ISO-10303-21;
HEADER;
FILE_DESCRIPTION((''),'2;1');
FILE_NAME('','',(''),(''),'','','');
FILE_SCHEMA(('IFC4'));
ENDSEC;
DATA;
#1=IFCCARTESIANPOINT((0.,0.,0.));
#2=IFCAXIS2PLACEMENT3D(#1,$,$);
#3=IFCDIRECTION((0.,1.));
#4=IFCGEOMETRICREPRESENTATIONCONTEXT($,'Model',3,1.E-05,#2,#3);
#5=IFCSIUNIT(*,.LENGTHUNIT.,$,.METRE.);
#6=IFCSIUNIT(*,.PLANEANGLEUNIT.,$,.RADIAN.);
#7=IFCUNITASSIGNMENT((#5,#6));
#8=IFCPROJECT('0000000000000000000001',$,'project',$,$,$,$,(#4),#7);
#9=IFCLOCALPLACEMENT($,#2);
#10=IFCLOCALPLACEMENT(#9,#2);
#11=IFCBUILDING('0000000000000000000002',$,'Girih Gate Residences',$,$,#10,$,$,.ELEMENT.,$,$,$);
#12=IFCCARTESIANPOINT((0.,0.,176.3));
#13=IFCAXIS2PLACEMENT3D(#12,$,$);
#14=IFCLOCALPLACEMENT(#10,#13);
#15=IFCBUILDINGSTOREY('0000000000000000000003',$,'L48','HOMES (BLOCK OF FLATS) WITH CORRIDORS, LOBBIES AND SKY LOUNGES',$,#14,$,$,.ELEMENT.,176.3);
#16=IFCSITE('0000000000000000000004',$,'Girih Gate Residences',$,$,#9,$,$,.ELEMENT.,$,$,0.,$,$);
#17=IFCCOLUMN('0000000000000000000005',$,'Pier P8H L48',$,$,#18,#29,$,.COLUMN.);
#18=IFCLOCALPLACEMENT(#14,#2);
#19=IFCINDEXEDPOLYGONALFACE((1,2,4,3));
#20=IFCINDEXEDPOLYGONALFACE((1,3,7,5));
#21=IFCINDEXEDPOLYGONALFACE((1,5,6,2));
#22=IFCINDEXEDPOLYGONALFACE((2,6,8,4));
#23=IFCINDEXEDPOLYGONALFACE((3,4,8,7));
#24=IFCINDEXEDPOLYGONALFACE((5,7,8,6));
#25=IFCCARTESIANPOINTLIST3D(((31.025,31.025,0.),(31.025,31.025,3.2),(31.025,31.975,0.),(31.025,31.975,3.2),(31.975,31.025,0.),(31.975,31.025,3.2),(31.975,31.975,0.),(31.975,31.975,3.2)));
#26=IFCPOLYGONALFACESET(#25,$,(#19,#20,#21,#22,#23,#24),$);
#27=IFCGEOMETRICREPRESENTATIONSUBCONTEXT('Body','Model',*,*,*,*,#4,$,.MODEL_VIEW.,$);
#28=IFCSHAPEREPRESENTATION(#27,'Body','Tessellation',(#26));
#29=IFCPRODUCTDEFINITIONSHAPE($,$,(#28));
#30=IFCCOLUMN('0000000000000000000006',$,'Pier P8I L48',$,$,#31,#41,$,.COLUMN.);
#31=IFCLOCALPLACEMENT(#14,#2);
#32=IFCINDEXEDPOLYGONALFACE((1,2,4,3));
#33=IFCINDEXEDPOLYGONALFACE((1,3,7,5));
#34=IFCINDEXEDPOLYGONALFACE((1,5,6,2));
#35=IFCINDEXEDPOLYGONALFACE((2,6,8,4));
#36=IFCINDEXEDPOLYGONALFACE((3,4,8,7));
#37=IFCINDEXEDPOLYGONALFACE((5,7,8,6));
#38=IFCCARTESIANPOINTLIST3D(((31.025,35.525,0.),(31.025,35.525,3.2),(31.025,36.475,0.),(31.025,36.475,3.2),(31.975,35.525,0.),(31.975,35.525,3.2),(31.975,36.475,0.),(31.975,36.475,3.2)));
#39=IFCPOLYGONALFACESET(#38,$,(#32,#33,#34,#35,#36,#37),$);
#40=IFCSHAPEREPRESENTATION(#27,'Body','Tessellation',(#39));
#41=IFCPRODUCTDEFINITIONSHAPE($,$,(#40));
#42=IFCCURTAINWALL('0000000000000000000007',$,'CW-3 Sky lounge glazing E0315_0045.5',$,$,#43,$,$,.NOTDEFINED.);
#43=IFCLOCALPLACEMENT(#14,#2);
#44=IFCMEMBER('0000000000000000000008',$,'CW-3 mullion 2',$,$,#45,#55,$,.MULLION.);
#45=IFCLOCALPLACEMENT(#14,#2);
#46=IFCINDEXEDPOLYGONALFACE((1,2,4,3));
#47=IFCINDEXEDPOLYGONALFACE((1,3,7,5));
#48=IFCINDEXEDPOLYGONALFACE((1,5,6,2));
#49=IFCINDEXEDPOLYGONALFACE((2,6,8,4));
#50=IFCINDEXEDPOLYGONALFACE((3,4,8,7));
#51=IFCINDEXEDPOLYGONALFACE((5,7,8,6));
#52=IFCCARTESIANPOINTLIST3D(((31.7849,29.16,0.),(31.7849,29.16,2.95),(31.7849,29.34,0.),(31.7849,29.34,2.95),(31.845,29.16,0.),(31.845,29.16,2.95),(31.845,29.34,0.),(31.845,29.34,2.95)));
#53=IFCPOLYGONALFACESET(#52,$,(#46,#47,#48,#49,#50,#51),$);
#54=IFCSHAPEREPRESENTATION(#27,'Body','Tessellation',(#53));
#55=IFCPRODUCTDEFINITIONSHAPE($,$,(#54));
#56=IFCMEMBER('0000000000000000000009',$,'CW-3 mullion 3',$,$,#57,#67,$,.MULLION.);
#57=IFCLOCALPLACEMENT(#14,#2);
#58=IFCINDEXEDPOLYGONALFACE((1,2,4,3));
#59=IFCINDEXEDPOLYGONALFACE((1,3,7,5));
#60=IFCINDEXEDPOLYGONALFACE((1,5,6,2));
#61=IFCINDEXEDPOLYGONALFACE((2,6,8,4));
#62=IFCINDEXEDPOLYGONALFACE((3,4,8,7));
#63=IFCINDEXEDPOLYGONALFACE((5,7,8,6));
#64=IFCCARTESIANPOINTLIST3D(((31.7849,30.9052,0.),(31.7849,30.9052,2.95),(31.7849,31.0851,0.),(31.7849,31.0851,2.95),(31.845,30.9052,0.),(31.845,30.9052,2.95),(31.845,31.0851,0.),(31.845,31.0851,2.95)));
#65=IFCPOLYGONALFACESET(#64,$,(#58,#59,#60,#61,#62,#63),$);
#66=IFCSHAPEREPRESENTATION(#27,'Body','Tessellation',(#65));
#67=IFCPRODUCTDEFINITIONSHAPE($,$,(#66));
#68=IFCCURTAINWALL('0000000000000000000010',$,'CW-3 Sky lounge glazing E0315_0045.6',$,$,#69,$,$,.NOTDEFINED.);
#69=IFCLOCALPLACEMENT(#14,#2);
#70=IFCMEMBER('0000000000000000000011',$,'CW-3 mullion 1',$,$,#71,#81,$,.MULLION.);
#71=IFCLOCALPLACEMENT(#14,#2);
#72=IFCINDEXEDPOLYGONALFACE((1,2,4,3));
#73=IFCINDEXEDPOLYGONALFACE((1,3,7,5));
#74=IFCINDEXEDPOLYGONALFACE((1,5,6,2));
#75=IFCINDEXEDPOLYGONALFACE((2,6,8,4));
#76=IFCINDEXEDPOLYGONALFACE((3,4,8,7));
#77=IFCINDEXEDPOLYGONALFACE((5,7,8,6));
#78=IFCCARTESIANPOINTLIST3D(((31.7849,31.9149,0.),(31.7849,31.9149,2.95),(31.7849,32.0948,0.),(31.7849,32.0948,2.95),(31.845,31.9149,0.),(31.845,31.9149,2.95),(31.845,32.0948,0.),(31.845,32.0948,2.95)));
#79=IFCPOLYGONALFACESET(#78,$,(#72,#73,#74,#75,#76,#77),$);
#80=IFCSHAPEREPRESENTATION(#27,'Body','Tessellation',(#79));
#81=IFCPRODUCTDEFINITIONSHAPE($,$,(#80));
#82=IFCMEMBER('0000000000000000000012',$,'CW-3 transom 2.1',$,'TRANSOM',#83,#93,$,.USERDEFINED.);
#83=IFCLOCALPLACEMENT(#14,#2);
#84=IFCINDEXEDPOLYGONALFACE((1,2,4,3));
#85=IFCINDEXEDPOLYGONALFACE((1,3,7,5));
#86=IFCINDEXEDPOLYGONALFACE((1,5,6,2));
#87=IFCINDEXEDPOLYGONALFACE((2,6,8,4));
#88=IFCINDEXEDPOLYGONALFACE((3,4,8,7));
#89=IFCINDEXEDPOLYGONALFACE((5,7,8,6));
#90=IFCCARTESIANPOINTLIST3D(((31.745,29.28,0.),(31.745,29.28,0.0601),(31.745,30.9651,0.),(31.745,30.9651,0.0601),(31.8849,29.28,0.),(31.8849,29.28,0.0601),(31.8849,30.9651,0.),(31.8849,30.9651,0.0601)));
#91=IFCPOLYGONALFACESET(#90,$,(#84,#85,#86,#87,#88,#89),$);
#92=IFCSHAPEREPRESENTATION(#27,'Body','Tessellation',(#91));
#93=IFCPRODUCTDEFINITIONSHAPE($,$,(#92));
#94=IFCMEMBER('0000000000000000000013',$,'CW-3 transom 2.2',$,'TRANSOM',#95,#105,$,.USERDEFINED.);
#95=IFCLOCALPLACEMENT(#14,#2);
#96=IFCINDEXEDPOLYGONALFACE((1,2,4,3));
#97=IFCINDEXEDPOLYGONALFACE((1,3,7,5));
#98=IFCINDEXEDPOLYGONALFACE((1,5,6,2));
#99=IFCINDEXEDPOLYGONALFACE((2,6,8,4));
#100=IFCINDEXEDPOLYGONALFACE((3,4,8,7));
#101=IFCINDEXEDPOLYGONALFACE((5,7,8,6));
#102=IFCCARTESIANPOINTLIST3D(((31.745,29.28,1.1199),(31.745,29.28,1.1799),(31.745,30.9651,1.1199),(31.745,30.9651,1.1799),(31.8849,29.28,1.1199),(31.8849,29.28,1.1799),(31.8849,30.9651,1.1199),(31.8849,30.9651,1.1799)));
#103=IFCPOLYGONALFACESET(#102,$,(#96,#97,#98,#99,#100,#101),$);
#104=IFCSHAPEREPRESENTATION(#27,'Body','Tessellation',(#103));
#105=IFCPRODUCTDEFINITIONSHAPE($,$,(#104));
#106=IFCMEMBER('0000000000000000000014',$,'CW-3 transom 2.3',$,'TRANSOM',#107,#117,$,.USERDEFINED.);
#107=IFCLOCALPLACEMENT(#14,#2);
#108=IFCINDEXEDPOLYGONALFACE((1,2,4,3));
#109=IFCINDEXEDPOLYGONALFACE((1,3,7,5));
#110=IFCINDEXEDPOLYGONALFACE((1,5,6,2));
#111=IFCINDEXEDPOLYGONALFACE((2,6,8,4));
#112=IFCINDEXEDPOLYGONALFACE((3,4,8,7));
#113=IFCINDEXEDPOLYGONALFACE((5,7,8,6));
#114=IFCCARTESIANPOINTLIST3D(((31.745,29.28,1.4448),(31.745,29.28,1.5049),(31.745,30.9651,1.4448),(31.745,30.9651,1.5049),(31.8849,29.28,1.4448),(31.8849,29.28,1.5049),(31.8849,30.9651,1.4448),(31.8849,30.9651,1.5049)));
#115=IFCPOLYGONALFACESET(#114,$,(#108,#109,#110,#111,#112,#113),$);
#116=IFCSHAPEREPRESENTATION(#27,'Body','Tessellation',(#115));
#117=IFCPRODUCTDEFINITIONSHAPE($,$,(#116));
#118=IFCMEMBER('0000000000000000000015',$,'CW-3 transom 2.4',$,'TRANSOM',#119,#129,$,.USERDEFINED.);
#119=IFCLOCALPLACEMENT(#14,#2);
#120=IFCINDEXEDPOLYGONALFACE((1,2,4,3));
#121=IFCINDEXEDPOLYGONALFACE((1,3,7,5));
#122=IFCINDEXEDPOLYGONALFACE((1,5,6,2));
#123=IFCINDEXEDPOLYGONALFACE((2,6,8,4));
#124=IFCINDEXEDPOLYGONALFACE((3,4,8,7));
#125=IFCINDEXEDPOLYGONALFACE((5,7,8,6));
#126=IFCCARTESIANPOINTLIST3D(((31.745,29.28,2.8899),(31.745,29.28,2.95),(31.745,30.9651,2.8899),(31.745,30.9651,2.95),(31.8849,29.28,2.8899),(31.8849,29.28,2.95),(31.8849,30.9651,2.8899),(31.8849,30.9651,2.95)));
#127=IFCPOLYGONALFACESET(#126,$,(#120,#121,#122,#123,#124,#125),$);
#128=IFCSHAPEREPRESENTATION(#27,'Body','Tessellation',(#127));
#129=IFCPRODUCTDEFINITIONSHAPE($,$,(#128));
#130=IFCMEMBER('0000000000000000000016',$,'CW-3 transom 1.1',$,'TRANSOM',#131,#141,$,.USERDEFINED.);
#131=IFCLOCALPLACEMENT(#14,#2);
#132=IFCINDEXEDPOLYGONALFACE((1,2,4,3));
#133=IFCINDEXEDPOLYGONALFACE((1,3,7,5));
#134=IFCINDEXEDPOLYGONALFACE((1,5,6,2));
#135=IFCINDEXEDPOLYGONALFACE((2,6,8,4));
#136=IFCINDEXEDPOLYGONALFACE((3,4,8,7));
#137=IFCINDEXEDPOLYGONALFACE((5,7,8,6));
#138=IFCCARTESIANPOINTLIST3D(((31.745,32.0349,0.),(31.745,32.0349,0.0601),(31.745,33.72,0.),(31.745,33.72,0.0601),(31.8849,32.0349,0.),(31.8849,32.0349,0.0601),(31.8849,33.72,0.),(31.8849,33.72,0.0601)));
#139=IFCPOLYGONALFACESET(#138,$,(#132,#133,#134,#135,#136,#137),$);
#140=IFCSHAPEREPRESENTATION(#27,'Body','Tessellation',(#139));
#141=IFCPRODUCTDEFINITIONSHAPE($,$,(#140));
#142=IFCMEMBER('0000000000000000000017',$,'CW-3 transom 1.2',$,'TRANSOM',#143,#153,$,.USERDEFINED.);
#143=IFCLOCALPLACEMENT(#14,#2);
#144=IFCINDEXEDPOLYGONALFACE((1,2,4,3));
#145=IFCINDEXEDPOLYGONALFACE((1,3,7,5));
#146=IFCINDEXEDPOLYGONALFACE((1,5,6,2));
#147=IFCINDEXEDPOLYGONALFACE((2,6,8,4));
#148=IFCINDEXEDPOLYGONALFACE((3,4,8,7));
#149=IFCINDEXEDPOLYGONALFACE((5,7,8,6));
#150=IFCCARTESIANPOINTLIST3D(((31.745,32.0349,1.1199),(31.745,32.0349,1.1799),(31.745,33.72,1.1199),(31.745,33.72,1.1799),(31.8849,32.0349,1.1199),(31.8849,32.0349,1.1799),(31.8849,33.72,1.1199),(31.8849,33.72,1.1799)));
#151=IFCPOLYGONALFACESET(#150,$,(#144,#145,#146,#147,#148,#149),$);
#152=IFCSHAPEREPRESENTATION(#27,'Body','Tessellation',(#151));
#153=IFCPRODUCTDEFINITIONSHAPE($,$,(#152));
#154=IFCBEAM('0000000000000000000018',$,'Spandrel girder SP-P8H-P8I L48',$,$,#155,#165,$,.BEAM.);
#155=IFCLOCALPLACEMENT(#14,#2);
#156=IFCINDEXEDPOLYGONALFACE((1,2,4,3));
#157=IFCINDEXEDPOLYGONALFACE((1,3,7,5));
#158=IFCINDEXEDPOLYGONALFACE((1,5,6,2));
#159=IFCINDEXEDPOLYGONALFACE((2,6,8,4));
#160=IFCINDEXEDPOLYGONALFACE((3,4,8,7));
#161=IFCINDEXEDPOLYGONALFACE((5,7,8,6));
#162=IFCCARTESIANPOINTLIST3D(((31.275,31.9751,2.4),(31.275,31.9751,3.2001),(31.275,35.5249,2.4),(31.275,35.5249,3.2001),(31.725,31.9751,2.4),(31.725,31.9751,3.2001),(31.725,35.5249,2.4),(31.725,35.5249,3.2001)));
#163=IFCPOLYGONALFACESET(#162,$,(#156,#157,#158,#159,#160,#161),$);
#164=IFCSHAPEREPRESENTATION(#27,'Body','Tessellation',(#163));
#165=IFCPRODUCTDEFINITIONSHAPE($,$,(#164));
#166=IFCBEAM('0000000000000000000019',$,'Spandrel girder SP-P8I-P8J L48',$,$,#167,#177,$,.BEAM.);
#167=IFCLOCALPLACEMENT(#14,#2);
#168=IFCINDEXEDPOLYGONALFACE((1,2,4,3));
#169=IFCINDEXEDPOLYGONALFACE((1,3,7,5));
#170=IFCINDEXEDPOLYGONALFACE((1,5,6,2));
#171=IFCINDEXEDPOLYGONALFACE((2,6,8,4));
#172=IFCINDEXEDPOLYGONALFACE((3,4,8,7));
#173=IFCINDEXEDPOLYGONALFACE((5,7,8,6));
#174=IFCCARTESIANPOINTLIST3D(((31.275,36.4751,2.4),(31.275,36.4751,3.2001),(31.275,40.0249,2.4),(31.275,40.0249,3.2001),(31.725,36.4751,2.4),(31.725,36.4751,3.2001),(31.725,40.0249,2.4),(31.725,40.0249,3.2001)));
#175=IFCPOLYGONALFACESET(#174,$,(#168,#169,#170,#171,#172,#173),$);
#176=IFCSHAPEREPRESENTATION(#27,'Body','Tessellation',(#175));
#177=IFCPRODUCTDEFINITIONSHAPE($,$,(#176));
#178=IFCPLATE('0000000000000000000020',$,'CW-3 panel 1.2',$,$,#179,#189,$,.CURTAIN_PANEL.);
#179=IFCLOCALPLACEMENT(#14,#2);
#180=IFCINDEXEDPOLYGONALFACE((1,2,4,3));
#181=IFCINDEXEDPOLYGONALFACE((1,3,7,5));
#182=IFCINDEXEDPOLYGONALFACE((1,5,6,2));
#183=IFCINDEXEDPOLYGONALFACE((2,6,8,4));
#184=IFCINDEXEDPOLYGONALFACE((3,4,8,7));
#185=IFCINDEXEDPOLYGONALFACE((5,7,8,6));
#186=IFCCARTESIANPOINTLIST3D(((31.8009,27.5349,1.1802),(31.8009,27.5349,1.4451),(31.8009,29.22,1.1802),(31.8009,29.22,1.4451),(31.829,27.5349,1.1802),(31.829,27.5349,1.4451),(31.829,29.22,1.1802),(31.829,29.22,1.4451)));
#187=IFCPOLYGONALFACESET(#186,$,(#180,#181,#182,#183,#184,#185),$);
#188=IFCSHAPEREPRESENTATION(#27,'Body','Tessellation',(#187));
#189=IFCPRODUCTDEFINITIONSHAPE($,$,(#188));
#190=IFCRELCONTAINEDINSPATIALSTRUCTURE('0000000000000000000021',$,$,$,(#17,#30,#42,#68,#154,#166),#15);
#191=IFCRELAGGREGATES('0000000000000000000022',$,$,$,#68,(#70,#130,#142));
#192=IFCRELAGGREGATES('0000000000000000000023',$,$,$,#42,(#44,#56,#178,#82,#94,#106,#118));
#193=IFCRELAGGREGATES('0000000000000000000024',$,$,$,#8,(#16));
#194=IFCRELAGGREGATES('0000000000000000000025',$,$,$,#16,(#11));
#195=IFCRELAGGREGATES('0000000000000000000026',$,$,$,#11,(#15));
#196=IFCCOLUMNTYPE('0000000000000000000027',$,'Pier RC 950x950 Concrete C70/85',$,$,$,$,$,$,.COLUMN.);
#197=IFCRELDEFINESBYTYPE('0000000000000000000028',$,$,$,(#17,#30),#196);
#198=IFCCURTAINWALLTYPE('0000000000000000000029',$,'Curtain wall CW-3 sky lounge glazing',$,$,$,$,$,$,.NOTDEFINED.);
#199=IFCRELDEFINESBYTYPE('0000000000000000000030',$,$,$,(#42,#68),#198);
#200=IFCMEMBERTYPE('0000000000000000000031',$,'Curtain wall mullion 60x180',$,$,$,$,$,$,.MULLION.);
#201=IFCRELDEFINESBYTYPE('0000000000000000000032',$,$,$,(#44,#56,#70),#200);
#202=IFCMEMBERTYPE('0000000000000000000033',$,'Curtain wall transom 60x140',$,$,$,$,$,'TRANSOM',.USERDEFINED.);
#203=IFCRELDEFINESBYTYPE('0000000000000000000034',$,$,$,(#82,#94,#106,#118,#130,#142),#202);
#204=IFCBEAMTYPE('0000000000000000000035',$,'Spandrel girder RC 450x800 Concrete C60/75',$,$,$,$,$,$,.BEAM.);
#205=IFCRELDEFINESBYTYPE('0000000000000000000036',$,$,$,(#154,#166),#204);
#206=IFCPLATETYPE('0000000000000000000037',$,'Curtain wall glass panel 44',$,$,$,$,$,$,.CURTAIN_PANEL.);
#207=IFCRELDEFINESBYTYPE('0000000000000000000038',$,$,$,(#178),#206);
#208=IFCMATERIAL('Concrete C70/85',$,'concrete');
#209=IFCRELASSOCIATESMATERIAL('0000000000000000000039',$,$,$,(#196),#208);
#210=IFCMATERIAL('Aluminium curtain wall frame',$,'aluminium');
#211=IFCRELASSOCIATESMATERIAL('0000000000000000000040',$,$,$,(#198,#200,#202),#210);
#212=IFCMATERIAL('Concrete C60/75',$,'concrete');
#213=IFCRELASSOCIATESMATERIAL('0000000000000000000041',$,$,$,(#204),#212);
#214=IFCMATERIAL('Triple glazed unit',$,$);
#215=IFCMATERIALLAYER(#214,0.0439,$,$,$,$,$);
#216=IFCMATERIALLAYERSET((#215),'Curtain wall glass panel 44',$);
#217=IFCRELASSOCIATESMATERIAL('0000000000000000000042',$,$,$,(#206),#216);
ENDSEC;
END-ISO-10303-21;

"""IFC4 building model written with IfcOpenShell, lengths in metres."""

from ifc_helpers import new_model, si_unit, direction, frame, origin, origin_2d, place, context, subcontext, project, spatial, rectangle, extrude, material, layer, layer_set, material_profile, profile_set, type_object, element, aggregate, save


model = new_model("IFC4")

# Units and contexts
model_context = context("Model", 3, precision=1e-05, world=origin(), true_north=direction((0.0, 1.0)))
body_context = subcontext(model_context, "Body", "Model", "MODEL_VIEW")
ifc_project = project(units=[si_unit("LENGTHUNIT", "METRE"), si_unit("PLANEANGLEUNIT", "RADIAN")], contexts=[model_context])

# Site, building, storey
site_placement = place(None, origin())
site = spatial("IfcSite", under=ifc_project, at=site_placement, Name="Girih Gate Residences", CompositionType="ELEMENT", RefElevation=0.0)
building_placement = place(site_placement, origin())
building = spatial("IfcBuilding", under=site, at=building_placement, Name="Girih Gate Residences", CompositionType="ELEMENT")
storey_placement = place(building_placement, frame((0.0, 0.0, 176.3)))
storey = spatial("IfcBuildingStorey", under=building, at=storey_placement, Name="L48", Description="HOMES (BLOCK OF FLATS) WITH CORRIDORS, LOBBIES AND SKY LOUNGES", CompositionType="ELEMENT", Elevation=176.3)

# Columns
ifc_material_1 = material(Name="Concrete C70/85", Category="concrete")
ifc_material_profile_1 = material_profile(ifc_material_1, rectangle(XDim=0.95, YDim=0.95, at=origin_2d()))
ifc_profile_set_1 = profile_set([ifc_material_profile_1], Name="Concrete C70/85")
column_type = type_object("IfcColumnType", Name="Pier RC 950x950 Concrete C70/85", PredefinedType="COLUMN", material=ifc_profile_set_1)
for number, where, z_axis, x_axis, name in (
    (1, (31.5, 31.5, 0.0), (0.0, 0.0, 1.0), (1.0, 0.0, 0.0), "Pier P8H L48"),
    (2, (31.5, 36.0, 0.0), (0.0, 0.0, 1.0), (1.0, 0.0, 0.0), "Pier P8I L48"),
):
    element("IfcColumn", number, at=place(storey_placement, frame(where, z_axis=z_axis, x_axis=x_axis)), inside=storey, type_object=column_type, Name=name, PredefinedType="COLUMN", context=body_context, shape_type="SweptSolid", body=[
        extrude(rectangle(XDim=0.95, YDim=0.95, at=origin_2d()), origin(), (0.0, 0.0, 1.0), 3.2),
    ])

# Curtain wall, members
ifc_material_2 = material(Name="Aluminium curtain wall frame", Category="aluminium")
curtain_wall_type = type_object("IfcCurtainWallType", Name="Curtain wall CW-3 sky lounge glazing", PredefinedType="NOTDEFINED", material=ifc_material_2)
curtain_wall_1_placement = place(storey_placement, origin())
curtain_wall_1 = element("IfcCurtainWall", 3, at=curtain_wall_1_placement, inside=storey, type_object=curtain_wall_type, Name="CW-3 Sky lounge glazing E0315_0045.5", PredefinedType="NOTDEFINED")
ifc_material_profile_2 = material_profile(ifc_material_2, rectangle(XDim=0.0601, YDim=0.1799, at=origin_2d()))
ifc_profile_set_2 = profile_set([ifc_material_profile_2], Name="Aluminium curtain wall frame")
member_type_1 = type_object("IfcMemberType", Name="Curtain wall mullion 60x180", PredefinedType="MULLION", material=ifc_profile_set_2)
member_1_placement = place(storey_placement, frame((31.8149, 29.25, 0.0), z_axis=(0.0, 0.0, 1.0), x_axis=(-1.0, 0.0, 0.0)))
member_1 = element("IfcMember", 4, at=member_1_placement, type_object=member_type_1, Name="CW-3 mullion 2", PredefinedType="MULLION", context=body_context, shape_type="SweptSolid", body=[
    extrude(rectangle(XDim=0.0601, YDim=0.1799, at=origin_2d()), origin(), (0.0, 0.0, 1.0), 2.95),
])
member_2_placement = place(storey_placement, frame((31.8149, 30.9951, 0.0), z_axis=(0.0, 0.0, 1.0), x_axis=(-1.0, 0.0, 0.0)))
member_2 = element("IfcMember", 5, at=member_2_placement, type_object=member_type_1, Name="CW-3 mullion 3", PredefinedType="MULLION", context=body_context, shape_type="SweptSolid", body=[
    extrude(rectangle(XDim=0.0601, YDim=0.1799, at=origin_2d()), origin(), (0.0, 0.0, 1.0), 2.95),
])

# Curtain wall, member
curtain_wall_2_placement = place(storey_placement, origin())
curtain_wall_2 = element("IfcCurtainWall", 6, at=curtain_wall_2_placement, inside=storey, type_object=curtain_wall_type, Name="CW-3 Sky lounge glazing E0315_0045.6", PredefinedType="NOTDEFINED")
member_3_placement = place(storey_placement, frame((31.8149, 32.0049, 0.0), z_axis=(0.0, 0.0, 1.0), x_axis=(-1.0, 0.0, 0.0)))
member_3 = element("IfcMember", 7, at=member_3_placement, type_object=member_type_1, Name="CW-3 mullion 1", PredefinedType="MULLION", context=body_context, shape_type="SweptSolid", body=[
    extrude(rectangle(XDim=0.0601, YDim=0.1799, at=origin_2d()), origin(), (0.0, 0.0, 1.0), 2.95),
])

# Members
ifc_material_profile_3 = material_profile(ifc_material_2, rectangle(XDim=0.1399, YDim=0.0601, at=origin_2d()))
ifc_profile_set_3 = profile_set([ifc_material_profile_3], Name="Aluminium curtain wall frame")
member_type_2 = type_object("IfcMemberType", Name="Curtain wall transom 60x140", ElementType="TRANSOM", PredefinedType="USERDEFINED", material=ifc_profile_set_3)
member_4_placement = place(storey_placement, frame((31.8149, 29.28, 0.03), z_axis=(0.0, 1.0, 0.0), x_axis=(-1.0, 0.0, 0.0)))
member_4 = element("IfcMember", 8, at=member_4_placement, type_object=member_type_2, Name="CW-3 transom 2.1", ObjectType="TRANSOM", PredefinedType="USERDEFINED", context=body_context, shape_type="SweptSolid", body=[
    extrude(rectangle(XDim=0.1399, YDim=0.0601, at=origin_2d()), origin(), (0.0, 0.0, 1.0), 1.6851),
])
member_5_placement = place(storey_placement, frame((31.8149, 29.28, 1.1499), z_axis=(0.0, 1.0, 0.0), x_axis=(-1.0, 0.0, 0.0)))
member_5 = element("IfcMember", 9, at=member_5_placement, type_object=member_type_2, Name="CW-3 transom 2.2", ObjectType="TRANSOM", PredefinedType="USERDEFINED", context=body_context, shape_type="SweptSolid", body=[
    extrude(rectangle(XDim=0.1399, YDim=0.0601, at=origin_2d()), origin(), (0.0, 0.0, 1.0), 1.6851),
])
member_6_placement = place(storey_placement, frame((31.8149, 29.28, 1.4749), z_axis=(0.0, 1.0, 0.0), x_axis=(-1.0, 0.0, 0.0)))
member_6 = element("IfcMember", 10, at=member_6_placement, type_object=member_type_2, Name="CW-3 transom 2.3", ObjectType="TRANSOM", PredefinedType="USERDEFINED", context=body_context, shape_type="SweptSolid", body=[
    extrude(rectangle(XDim=0.1399, YDim=0.0601, at=origin_2d()), origin(), (0.0, 0.0, 1.0), 1.6851),
])
member_7_placement = place(storey_placement, frame((31.8149, 29.28, 2.9199), z_axis=(0.0, 1.0, 0.0), x_axis=(-1.0, 0.0, 0.0)))
member_7 = element("IfcMember", 11, at=member_7_placement, type_object=member_type_2, Name="CW-3 transom 2.4", ObjectType="TRANSOM", PredefinedType="USERDEFINED", context=body_context, shape_type="SweptSolid", body=[
    extrude(rectangle(XDim=0.1399, YDim=0.0601, at=origin_2d()), origin(), (0.0, 0.0, 1.0), 1.6851),
])
member_8_placement = place(storey_placement, frame((31.8149, 32.0349, 0.03), z_axis=(0.0, 1.0, 0.0), x_axis=(-1.0, 0.0, 0.0)))
member_8 = element("IfcMember", 12, at=member_8_placement, type_object=member_type_2, Name="CW-3 transom 1.1", ObjectType="TRANSOM", PredefinedType="USERDEFINED", context=body_context, shape_type="SweptSolid", body=[
    extrude(rectangle(XDim=0.1399, YDim=0.0601, at=origin_2d()), origin(), (0.0, 0.0, 1.0), 1.6851),
])
member_9_placement = place(storey_placement, frame((31.8149, 32.0349, 1.1499), z_axis=(0.0, 1.0, 0.0), x_axis=(-1.0, 0.0, 0.0)))
member_9 = element("IfcMember", 13, at=member_9_placement, type_object=member_type_2, Name="CW-3 transom 1.2", ObjectType="TRANSOM", PredefinedType="USERDEFINED", context=body_context, shape_type="SweptSolid", body=[
    extrude(rectangle(XDim=0.1399, YDim=0.0601, at=origin_2d()), origin(), (0.0, 0.0, 1.0), 1.6851),
])
aggregate(curtain_wall_2, [member_3, member_8, member_9])

# Beams
ifc_material_3 = material(Name="Concrete C60/75", Category="concrete")
ifc_material_profile_4 = material_profile(ifc_material_3, rectangle(XDim=0.45, YDim=0.8, at=origin_2d()))
ifc_profile_set_4 = profile_set([ifc_material_profile_4], Name="Concrete C60/75")
beam_type = type_object("IfcBeamType", Name="Spandrel girder RC 450x800 Concrete C60/75", PredefinedType="BEAM", material=ifc_profile_set_4)
for number, where, z_axis, x_axis, name in (
    (14, (31.5, 31.9751, 2.8), (0.0, 1.0, 0.0), (-1.0, 0.0, 0.0), "Spandrel girder SP-P8H-P8I L48"),
    (15, (31.5, 36.4751, 2.8), (0.0, 1.0, 0.0), (-1.0, 0.0, 0.0), "Spandrel girder SP-P8I-P8J L48"),
):
    element("IfcBeam", number, at=place(storey_placement, frame(where, z_axis=z_axis, x_axis=x_axis)), inside=storey, type_object=beam_type, Name=name, PredefinedType="BEAM", context=body_context, shape_type="SweptSolid", body=[
        extrude(rectangle(XDim=0.45, YDim=0.8, at=origin_2d()), origin(), (0.0, 0.0, 1.0), 3.5498),
    ])

# Plate
ifc_material_4 = material(Name="Triple glazed unit")
ifc_layer_1 = layer(ifc_material_4, 0.0439)
ifc_layer_set_1 = layer_set([ifc_layer_1], Name="Curtain wall glass panel 44")
plate_type = type_object("IfcPlateType", Name="Curtain wall glass panel 44", PredefinedType="CURTAIN_PANEL", material=ifc_layer_set_1)
plate_1_placement = place(storey_placement, frame((31.8149, 28.3774, 1.1802), z_axis=(0.0, 0.0, 1.0), x_axis=(0.0, 1.0, 0.0)))
plate_1 = element("IfcPlate", 16, at=plate_1_placement, type_object=plate_type, Name="CW-3 panel 1.2", PredefinedType="CURTAIN_PANEL", context=body_context, shape_type="SweptSolid", body=[
    extrude(rectangle(XDim=1.6851, YDim=0.0281, at=origin_2d()), origin(), (0.0, 0.0, 1.0), 0.2649),
])
aggregate(curtain_wall_1, [member_1, member_2, plate_1, member_4, member_5, member_6, member_7])

save(model, "model.ifc")
